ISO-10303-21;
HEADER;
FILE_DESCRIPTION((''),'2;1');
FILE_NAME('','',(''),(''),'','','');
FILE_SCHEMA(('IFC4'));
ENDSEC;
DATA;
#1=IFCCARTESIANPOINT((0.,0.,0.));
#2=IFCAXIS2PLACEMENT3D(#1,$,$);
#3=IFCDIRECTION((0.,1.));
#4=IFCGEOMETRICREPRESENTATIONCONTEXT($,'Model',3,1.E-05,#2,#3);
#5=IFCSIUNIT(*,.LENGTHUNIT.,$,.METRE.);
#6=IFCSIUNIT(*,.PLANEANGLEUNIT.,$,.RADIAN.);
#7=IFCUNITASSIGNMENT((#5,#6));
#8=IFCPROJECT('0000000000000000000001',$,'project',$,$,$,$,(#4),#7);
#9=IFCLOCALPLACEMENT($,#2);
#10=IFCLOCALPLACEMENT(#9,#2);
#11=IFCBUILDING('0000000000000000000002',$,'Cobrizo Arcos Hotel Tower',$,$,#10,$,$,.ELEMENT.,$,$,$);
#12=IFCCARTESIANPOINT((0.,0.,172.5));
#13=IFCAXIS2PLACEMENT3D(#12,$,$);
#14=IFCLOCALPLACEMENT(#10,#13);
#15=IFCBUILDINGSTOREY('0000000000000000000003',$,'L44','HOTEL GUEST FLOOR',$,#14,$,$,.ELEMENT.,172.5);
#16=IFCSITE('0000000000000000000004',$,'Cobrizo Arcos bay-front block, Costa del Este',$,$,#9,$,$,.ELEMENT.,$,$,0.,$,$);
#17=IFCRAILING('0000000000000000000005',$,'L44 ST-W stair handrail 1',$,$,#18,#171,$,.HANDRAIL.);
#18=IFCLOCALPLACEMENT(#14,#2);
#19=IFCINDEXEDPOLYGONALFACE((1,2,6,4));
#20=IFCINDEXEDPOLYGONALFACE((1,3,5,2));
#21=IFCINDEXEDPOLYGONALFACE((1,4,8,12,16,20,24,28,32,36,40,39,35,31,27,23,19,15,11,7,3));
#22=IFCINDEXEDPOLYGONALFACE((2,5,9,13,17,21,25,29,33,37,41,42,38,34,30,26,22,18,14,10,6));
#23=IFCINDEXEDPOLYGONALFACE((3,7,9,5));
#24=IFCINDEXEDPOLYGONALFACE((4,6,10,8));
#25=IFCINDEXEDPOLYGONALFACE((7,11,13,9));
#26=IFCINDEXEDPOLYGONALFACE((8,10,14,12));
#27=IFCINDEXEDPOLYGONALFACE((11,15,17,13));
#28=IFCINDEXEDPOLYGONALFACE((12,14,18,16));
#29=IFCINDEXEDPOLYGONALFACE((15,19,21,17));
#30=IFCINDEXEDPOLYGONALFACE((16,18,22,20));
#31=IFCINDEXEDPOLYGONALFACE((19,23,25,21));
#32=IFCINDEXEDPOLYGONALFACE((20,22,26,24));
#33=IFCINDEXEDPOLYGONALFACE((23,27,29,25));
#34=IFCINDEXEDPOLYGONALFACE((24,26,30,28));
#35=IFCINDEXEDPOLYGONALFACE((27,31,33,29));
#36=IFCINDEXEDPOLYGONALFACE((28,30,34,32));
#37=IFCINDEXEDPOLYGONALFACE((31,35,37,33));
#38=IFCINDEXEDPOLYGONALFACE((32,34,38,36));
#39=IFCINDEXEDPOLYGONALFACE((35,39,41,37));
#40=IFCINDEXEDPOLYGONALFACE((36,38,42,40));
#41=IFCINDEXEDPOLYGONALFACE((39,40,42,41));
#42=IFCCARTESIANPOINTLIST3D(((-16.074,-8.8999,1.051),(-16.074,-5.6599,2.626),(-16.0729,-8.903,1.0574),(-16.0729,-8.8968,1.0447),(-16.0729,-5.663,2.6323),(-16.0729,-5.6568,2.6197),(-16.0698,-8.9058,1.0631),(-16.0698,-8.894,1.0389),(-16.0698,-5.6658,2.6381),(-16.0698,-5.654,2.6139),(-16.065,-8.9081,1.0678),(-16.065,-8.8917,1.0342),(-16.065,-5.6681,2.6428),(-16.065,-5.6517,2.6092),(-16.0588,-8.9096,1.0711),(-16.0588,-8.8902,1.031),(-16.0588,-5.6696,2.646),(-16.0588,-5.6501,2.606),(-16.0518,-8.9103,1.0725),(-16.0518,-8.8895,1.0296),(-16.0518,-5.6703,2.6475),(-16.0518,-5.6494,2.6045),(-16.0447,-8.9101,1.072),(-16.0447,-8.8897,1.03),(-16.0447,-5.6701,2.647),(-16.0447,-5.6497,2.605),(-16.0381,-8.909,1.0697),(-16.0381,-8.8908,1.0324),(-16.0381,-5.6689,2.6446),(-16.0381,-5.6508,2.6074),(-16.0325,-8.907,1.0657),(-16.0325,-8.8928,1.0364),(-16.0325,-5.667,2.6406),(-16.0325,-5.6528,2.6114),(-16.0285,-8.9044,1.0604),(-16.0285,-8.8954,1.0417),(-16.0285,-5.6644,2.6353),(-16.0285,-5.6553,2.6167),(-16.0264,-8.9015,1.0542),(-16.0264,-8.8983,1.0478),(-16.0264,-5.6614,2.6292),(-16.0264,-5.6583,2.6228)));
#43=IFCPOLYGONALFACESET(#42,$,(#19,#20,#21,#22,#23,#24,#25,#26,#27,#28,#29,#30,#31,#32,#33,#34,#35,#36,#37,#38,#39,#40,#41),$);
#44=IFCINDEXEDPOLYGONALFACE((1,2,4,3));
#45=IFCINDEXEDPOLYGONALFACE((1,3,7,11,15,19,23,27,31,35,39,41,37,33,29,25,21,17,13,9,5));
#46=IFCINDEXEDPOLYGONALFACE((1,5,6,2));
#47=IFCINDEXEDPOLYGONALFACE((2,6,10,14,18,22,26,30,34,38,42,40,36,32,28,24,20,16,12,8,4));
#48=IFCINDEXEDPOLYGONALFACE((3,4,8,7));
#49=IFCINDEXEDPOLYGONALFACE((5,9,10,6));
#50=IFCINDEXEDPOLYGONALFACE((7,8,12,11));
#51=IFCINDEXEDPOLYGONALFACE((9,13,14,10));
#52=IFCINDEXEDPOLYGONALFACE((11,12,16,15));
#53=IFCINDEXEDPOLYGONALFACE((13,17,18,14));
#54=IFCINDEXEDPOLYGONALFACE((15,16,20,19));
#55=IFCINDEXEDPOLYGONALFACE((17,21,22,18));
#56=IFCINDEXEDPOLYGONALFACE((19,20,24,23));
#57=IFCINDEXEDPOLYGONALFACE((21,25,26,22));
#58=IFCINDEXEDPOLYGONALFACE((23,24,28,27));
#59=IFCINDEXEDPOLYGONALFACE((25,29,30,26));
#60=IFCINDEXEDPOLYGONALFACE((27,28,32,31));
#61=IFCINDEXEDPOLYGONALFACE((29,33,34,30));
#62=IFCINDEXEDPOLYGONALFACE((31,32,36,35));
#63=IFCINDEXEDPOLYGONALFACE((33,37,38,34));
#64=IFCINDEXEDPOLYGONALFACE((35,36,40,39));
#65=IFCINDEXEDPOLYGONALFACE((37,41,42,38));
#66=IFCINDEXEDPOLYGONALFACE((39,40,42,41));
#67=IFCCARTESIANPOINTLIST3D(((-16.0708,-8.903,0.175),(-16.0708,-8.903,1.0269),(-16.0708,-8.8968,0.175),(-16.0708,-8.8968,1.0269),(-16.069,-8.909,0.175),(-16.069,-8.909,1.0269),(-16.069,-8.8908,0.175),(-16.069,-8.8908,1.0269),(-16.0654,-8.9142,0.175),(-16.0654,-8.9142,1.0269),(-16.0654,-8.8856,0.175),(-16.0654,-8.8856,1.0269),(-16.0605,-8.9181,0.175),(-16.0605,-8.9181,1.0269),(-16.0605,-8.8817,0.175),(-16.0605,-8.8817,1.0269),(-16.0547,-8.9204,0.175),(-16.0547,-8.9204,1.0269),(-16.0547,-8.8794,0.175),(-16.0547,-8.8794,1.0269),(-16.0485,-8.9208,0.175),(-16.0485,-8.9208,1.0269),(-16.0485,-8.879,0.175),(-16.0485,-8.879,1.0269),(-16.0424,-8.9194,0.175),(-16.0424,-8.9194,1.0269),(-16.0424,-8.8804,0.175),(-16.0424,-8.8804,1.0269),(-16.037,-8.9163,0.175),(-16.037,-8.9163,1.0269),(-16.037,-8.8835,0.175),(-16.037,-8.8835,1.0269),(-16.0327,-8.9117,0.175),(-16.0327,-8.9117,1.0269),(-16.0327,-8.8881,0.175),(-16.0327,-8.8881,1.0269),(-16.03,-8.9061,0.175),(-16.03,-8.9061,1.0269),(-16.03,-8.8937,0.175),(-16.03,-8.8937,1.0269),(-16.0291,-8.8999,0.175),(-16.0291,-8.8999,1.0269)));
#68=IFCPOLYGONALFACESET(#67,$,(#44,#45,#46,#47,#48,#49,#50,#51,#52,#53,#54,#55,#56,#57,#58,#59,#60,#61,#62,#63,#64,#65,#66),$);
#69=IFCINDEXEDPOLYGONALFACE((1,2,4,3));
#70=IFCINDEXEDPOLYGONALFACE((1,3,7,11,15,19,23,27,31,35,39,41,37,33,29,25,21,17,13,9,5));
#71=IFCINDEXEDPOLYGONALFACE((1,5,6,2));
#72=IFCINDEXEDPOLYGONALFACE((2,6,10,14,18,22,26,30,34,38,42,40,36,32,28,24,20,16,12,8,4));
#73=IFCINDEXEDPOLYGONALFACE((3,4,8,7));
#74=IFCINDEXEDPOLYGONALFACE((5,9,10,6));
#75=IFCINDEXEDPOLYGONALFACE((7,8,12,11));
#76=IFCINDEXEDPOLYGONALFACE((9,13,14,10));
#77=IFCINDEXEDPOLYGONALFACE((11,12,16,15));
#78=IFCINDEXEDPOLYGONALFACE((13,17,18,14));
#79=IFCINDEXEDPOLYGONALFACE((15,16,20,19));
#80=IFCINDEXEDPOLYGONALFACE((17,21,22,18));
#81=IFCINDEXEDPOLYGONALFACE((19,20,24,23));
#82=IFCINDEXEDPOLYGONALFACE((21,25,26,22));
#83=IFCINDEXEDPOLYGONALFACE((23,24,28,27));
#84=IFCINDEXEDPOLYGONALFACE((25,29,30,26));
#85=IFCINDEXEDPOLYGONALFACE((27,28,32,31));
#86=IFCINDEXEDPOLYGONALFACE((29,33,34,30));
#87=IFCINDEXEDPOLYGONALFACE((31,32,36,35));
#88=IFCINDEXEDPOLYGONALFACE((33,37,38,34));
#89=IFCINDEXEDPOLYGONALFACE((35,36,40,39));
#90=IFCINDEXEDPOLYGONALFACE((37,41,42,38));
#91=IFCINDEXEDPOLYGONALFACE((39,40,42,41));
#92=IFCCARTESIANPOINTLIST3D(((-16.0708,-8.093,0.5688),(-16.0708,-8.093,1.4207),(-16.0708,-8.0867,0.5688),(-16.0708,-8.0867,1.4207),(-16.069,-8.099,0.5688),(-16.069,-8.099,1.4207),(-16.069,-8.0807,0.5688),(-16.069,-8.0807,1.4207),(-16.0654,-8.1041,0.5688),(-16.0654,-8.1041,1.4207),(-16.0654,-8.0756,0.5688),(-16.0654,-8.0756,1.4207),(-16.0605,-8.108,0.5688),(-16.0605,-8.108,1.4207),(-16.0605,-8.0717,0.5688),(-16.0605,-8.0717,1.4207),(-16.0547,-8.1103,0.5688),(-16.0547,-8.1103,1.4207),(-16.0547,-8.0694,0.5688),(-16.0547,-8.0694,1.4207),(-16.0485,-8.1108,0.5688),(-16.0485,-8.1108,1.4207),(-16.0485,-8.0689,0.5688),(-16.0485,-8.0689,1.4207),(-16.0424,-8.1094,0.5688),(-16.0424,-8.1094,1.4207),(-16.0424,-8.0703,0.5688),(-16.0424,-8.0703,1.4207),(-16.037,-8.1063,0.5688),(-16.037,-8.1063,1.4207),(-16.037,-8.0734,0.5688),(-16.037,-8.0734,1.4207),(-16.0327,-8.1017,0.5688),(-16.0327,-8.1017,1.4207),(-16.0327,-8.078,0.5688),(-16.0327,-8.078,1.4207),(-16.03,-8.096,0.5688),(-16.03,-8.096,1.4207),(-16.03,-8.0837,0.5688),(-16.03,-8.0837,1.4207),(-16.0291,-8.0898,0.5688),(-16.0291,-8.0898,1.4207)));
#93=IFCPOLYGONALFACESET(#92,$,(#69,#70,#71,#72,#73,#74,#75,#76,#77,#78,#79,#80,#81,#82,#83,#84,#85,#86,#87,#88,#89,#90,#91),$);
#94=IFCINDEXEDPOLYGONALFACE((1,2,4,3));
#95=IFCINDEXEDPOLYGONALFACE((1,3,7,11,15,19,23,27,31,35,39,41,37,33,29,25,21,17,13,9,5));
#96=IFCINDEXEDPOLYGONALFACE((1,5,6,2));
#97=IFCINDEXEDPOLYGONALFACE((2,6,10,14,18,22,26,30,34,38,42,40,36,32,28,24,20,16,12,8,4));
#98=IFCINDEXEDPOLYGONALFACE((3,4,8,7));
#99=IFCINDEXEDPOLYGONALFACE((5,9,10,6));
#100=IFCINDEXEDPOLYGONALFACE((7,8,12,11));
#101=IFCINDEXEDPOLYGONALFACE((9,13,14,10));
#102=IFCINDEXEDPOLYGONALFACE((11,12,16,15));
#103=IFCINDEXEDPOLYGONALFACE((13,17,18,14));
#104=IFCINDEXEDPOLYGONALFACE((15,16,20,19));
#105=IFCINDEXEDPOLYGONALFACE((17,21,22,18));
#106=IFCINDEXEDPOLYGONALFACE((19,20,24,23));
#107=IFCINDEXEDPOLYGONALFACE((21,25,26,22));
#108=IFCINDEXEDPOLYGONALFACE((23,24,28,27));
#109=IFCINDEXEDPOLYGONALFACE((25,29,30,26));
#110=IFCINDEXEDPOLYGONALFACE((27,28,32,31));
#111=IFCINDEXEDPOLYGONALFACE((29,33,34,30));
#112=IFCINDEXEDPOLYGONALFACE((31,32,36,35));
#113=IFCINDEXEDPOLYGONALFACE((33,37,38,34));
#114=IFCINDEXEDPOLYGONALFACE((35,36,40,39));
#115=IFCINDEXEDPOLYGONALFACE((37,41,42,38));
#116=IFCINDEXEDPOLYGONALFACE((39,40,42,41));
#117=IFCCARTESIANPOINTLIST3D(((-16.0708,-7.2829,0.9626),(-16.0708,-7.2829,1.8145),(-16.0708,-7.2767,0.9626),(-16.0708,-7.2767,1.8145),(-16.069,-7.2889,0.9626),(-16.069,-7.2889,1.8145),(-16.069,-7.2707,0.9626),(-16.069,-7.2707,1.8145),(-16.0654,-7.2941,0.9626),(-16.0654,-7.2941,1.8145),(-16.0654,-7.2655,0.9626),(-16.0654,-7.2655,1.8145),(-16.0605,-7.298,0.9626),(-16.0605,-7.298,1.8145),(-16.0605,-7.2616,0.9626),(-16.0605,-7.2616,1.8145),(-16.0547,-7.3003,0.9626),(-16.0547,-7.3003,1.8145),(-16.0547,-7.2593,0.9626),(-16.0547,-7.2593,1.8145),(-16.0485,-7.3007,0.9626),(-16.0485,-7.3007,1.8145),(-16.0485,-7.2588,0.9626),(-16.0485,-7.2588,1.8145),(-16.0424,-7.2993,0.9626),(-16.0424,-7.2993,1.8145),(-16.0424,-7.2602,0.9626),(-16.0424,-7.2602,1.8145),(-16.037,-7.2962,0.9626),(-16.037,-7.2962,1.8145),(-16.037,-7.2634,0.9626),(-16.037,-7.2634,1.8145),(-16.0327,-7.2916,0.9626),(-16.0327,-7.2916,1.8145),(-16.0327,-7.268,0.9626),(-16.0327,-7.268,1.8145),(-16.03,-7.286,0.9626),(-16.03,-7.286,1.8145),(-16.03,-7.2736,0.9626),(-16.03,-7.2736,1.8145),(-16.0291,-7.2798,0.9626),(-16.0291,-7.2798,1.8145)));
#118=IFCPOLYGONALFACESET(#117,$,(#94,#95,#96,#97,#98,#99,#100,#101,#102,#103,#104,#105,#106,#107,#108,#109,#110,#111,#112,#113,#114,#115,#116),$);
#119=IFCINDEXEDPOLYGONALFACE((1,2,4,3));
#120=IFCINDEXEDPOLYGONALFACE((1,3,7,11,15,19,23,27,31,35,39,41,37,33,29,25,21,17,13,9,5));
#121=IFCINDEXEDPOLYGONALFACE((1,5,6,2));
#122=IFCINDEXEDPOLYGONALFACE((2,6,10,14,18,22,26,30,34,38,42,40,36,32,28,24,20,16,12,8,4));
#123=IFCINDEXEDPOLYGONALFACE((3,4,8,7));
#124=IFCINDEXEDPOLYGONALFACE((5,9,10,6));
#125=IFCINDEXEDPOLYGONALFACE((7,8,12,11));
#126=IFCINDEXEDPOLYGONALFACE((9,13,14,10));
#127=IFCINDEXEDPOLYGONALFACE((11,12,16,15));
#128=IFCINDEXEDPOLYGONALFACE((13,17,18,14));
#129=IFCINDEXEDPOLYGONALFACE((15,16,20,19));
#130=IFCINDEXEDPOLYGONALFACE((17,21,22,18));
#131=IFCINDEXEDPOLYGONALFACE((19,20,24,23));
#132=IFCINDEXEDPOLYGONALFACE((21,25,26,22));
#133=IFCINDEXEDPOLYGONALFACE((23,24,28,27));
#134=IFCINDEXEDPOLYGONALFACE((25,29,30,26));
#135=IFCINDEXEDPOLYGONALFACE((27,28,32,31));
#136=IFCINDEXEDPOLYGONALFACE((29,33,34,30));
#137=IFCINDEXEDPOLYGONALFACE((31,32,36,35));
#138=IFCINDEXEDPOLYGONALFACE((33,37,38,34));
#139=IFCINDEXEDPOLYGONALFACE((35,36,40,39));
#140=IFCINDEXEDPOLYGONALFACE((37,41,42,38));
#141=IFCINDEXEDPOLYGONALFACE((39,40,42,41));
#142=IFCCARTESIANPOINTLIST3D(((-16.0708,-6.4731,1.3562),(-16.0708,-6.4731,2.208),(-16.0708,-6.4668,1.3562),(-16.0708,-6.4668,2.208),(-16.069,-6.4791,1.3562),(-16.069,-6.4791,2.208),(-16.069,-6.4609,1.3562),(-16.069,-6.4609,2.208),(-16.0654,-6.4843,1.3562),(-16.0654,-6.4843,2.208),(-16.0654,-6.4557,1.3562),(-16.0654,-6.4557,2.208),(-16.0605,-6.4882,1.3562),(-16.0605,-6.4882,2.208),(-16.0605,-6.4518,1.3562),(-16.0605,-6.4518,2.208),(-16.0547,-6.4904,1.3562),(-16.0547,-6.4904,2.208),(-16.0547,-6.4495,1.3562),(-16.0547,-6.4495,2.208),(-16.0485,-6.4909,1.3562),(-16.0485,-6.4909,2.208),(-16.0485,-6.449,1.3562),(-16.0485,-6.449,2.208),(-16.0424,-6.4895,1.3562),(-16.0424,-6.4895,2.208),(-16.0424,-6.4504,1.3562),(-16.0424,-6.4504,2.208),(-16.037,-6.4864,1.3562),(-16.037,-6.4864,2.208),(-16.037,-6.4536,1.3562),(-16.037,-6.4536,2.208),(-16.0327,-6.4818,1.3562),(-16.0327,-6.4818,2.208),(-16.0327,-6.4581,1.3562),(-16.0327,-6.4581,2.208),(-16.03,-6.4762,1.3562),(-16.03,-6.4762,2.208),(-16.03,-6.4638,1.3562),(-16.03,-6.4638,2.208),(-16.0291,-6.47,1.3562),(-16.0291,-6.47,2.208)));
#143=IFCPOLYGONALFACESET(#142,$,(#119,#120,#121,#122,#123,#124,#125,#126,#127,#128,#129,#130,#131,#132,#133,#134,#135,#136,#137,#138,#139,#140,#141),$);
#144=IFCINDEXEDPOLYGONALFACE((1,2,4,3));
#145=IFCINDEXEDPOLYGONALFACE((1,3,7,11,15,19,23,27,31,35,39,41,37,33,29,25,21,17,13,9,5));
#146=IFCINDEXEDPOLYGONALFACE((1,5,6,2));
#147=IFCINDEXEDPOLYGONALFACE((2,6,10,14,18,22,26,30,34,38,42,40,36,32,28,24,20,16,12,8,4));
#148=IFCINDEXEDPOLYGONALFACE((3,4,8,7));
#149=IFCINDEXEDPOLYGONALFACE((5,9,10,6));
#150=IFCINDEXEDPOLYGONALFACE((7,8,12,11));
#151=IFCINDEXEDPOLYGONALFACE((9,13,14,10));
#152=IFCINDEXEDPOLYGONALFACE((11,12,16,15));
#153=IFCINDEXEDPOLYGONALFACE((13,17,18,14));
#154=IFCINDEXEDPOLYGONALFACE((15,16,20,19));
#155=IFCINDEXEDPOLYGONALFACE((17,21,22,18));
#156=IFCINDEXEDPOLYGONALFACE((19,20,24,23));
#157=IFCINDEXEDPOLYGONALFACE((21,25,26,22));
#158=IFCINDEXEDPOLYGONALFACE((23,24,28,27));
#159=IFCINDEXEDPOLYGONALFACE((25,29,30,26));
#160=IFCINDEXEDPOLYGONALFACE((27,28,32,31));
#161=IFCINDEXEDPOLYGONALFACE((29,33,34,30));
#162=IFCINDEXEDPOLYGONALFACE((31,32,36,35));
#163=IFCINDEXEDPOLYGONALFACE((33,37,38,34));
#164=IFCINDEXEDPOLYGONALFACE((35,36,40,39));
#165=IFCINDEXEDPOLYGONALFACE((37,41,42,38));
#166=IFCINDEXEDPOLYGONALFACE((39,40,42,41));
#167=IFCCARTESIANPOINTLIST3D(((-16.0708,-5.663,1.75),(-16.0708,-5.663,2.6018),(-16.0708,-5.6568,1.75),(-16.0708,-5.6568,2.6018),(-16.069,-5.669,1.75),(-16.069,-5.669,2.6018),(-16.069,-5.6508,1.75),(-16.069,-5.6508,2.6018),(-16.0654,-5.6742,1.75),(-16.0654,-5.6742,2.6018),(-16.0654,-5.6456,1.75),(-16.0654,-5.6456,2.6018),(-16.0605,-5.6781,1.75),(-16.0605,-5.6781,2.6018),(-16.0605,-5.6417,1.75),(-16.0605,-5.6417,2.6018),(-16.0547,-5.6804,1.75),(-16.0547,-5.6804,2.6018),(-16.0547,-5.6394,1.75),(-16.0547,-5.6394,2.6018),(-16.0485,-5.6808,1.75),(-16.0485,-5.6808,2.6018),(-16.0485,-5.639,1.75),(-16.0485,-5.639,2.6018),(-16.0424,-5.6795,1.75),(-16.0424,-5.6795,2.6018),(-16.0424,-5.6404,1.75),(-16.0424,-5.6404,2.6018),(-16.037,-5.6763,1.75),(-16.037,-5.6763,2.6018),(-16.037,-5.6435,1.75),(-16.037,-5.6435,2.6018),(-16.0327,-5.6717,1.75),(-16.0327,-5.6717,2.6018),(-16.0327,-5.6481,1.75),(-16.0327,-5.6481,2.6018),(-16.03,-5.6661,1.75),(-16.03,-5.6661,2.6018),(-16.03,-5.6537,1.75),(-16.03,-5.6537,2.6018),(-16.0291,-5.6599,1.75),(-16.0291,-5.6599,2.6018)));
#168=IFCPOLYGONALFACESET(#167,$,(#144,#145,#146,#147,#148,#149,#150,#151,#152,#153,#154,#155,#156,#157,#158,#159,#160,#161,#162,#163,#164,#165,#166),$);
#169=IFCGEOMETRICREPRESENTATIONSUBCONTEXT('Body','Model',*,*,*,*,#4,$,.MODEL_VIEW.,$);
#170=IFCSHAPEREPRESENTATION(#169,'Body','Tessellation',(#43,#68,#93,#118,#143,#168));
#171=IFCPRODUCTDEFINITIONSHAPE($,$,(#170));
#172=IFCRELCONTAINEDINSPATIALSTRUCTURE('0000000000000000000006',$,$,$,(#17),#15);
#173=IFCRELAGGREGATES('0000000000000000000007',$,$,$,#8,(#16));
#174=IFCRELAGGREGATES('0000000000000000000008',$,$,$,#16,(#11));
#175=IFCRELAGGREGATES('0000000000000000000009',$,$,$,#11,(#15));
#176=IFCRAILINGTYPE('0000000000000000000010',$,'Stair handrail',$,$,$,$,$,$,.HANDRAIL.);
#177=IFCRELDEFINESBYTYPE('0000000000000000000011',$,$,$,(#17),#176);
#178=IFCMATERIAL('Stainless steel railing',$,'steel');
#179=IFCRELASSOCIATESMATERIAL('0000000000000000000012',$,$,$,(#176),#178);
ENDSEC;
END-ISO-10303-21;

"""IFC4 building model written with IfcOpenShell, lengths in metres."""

from ifc_helpers import new_model, si_unit, direction, frame, origin, origin_2d, place, context, subcontext, project, spatial, circle, extrude, material, type_object, element, save


model = new_model("IFC4")

# Units and contexts
model_context = context("Model", 3, precision=1e-05, world=origin(), true_north=direction((0.0, 1.0)))
body_context = subcontext(model_context, "Body", "Model", "MODEL_VIEW")
ifc_project = project(units=[si_unit("LENGTHUNIT", "METRE"), si_unit("PLANEANGLEUNIT", "RADIAN")], contexts=[model_context])

# Site, building, storey
site_placement = place(None, origin())
site = spatial("IfcSite", under=ifc_project, at=site_placement, Name="Cobrizo Arcos bay-front block, Costa del Este", CompositionType="ELEMENT", RefElevation=0.0)
building_placement = place(site_placement, origin())
building = spatial("IfcBuilding", under=site, at=building_placement, Name="Cobrizo Arcos Hotel Tower", CompositionType="ELEMENT")
storey_placement = place(building_placement, frame((0.0, 0.0, 172.5)))
storey = spatial("IfcBuildingStorey", under=building, at=storey_placement, Name="L44", Description="HOTEL GUEST FLOOR", CompositionType="ELEMENT", Elevation=172.5)

# Railing
ifc_material_1 = material(Name="Stainless steel railing", Category="steel")
railing_type = type_object("IfcRailingType", Name="Stair handrail", PredefinedType="HANDRAIL", material=ifc_material_1)
railing_placement = place(storey_placement, frame((-16.05, -8.8999, 0.175)))
element("IfcRailing", 1, at=railing_placement, inside=storey, type_object=railing_type, Name="L44 ST-W stair handrail 1", PredefinedType="HANDRAIL", context=body_context, shape_type="SweptSolid", body=[
    extrude(circle(Radius=0.0239, at=origin_2d()), frame((0.0, 0.0, 0.876), z_axis=(0.0, 0.899373, 0.437183), x_axis=(-1.0, 0.0, 0.0)), (0.0, 0.0, 1.0), 3.6025),
    extrude(circle(Radius=0.021, at=origin_2d()), origin(), (0.0, 0.0, 1.0), 0.8518),
    extrude(circle(Radius=0.021, at=origin_2d()), frame((0.0, 0.8101, 0.3938)), (0.0, 0.0, 1.0), 0.8518),
    extrude(circle(Radius=0.021, at=origin_2d()), frame((0.0, 1.6201, 0.7876)), (0.0, 0.0, 1.0), 0.8518),
    extrude(circle(Radius=0.021, at=origin_2d()), frame((0.0, 2.4299, 1.1812)), (0.0, 0.0, 1.0), 0.8518),
    extrude(circle(Radius=0.021, at=origin_2d()), frame((0.0, 3.24, 1.575)), (0.0, 0.0, 1.0), 0.8518),
])

save(model, "model.ifc")
